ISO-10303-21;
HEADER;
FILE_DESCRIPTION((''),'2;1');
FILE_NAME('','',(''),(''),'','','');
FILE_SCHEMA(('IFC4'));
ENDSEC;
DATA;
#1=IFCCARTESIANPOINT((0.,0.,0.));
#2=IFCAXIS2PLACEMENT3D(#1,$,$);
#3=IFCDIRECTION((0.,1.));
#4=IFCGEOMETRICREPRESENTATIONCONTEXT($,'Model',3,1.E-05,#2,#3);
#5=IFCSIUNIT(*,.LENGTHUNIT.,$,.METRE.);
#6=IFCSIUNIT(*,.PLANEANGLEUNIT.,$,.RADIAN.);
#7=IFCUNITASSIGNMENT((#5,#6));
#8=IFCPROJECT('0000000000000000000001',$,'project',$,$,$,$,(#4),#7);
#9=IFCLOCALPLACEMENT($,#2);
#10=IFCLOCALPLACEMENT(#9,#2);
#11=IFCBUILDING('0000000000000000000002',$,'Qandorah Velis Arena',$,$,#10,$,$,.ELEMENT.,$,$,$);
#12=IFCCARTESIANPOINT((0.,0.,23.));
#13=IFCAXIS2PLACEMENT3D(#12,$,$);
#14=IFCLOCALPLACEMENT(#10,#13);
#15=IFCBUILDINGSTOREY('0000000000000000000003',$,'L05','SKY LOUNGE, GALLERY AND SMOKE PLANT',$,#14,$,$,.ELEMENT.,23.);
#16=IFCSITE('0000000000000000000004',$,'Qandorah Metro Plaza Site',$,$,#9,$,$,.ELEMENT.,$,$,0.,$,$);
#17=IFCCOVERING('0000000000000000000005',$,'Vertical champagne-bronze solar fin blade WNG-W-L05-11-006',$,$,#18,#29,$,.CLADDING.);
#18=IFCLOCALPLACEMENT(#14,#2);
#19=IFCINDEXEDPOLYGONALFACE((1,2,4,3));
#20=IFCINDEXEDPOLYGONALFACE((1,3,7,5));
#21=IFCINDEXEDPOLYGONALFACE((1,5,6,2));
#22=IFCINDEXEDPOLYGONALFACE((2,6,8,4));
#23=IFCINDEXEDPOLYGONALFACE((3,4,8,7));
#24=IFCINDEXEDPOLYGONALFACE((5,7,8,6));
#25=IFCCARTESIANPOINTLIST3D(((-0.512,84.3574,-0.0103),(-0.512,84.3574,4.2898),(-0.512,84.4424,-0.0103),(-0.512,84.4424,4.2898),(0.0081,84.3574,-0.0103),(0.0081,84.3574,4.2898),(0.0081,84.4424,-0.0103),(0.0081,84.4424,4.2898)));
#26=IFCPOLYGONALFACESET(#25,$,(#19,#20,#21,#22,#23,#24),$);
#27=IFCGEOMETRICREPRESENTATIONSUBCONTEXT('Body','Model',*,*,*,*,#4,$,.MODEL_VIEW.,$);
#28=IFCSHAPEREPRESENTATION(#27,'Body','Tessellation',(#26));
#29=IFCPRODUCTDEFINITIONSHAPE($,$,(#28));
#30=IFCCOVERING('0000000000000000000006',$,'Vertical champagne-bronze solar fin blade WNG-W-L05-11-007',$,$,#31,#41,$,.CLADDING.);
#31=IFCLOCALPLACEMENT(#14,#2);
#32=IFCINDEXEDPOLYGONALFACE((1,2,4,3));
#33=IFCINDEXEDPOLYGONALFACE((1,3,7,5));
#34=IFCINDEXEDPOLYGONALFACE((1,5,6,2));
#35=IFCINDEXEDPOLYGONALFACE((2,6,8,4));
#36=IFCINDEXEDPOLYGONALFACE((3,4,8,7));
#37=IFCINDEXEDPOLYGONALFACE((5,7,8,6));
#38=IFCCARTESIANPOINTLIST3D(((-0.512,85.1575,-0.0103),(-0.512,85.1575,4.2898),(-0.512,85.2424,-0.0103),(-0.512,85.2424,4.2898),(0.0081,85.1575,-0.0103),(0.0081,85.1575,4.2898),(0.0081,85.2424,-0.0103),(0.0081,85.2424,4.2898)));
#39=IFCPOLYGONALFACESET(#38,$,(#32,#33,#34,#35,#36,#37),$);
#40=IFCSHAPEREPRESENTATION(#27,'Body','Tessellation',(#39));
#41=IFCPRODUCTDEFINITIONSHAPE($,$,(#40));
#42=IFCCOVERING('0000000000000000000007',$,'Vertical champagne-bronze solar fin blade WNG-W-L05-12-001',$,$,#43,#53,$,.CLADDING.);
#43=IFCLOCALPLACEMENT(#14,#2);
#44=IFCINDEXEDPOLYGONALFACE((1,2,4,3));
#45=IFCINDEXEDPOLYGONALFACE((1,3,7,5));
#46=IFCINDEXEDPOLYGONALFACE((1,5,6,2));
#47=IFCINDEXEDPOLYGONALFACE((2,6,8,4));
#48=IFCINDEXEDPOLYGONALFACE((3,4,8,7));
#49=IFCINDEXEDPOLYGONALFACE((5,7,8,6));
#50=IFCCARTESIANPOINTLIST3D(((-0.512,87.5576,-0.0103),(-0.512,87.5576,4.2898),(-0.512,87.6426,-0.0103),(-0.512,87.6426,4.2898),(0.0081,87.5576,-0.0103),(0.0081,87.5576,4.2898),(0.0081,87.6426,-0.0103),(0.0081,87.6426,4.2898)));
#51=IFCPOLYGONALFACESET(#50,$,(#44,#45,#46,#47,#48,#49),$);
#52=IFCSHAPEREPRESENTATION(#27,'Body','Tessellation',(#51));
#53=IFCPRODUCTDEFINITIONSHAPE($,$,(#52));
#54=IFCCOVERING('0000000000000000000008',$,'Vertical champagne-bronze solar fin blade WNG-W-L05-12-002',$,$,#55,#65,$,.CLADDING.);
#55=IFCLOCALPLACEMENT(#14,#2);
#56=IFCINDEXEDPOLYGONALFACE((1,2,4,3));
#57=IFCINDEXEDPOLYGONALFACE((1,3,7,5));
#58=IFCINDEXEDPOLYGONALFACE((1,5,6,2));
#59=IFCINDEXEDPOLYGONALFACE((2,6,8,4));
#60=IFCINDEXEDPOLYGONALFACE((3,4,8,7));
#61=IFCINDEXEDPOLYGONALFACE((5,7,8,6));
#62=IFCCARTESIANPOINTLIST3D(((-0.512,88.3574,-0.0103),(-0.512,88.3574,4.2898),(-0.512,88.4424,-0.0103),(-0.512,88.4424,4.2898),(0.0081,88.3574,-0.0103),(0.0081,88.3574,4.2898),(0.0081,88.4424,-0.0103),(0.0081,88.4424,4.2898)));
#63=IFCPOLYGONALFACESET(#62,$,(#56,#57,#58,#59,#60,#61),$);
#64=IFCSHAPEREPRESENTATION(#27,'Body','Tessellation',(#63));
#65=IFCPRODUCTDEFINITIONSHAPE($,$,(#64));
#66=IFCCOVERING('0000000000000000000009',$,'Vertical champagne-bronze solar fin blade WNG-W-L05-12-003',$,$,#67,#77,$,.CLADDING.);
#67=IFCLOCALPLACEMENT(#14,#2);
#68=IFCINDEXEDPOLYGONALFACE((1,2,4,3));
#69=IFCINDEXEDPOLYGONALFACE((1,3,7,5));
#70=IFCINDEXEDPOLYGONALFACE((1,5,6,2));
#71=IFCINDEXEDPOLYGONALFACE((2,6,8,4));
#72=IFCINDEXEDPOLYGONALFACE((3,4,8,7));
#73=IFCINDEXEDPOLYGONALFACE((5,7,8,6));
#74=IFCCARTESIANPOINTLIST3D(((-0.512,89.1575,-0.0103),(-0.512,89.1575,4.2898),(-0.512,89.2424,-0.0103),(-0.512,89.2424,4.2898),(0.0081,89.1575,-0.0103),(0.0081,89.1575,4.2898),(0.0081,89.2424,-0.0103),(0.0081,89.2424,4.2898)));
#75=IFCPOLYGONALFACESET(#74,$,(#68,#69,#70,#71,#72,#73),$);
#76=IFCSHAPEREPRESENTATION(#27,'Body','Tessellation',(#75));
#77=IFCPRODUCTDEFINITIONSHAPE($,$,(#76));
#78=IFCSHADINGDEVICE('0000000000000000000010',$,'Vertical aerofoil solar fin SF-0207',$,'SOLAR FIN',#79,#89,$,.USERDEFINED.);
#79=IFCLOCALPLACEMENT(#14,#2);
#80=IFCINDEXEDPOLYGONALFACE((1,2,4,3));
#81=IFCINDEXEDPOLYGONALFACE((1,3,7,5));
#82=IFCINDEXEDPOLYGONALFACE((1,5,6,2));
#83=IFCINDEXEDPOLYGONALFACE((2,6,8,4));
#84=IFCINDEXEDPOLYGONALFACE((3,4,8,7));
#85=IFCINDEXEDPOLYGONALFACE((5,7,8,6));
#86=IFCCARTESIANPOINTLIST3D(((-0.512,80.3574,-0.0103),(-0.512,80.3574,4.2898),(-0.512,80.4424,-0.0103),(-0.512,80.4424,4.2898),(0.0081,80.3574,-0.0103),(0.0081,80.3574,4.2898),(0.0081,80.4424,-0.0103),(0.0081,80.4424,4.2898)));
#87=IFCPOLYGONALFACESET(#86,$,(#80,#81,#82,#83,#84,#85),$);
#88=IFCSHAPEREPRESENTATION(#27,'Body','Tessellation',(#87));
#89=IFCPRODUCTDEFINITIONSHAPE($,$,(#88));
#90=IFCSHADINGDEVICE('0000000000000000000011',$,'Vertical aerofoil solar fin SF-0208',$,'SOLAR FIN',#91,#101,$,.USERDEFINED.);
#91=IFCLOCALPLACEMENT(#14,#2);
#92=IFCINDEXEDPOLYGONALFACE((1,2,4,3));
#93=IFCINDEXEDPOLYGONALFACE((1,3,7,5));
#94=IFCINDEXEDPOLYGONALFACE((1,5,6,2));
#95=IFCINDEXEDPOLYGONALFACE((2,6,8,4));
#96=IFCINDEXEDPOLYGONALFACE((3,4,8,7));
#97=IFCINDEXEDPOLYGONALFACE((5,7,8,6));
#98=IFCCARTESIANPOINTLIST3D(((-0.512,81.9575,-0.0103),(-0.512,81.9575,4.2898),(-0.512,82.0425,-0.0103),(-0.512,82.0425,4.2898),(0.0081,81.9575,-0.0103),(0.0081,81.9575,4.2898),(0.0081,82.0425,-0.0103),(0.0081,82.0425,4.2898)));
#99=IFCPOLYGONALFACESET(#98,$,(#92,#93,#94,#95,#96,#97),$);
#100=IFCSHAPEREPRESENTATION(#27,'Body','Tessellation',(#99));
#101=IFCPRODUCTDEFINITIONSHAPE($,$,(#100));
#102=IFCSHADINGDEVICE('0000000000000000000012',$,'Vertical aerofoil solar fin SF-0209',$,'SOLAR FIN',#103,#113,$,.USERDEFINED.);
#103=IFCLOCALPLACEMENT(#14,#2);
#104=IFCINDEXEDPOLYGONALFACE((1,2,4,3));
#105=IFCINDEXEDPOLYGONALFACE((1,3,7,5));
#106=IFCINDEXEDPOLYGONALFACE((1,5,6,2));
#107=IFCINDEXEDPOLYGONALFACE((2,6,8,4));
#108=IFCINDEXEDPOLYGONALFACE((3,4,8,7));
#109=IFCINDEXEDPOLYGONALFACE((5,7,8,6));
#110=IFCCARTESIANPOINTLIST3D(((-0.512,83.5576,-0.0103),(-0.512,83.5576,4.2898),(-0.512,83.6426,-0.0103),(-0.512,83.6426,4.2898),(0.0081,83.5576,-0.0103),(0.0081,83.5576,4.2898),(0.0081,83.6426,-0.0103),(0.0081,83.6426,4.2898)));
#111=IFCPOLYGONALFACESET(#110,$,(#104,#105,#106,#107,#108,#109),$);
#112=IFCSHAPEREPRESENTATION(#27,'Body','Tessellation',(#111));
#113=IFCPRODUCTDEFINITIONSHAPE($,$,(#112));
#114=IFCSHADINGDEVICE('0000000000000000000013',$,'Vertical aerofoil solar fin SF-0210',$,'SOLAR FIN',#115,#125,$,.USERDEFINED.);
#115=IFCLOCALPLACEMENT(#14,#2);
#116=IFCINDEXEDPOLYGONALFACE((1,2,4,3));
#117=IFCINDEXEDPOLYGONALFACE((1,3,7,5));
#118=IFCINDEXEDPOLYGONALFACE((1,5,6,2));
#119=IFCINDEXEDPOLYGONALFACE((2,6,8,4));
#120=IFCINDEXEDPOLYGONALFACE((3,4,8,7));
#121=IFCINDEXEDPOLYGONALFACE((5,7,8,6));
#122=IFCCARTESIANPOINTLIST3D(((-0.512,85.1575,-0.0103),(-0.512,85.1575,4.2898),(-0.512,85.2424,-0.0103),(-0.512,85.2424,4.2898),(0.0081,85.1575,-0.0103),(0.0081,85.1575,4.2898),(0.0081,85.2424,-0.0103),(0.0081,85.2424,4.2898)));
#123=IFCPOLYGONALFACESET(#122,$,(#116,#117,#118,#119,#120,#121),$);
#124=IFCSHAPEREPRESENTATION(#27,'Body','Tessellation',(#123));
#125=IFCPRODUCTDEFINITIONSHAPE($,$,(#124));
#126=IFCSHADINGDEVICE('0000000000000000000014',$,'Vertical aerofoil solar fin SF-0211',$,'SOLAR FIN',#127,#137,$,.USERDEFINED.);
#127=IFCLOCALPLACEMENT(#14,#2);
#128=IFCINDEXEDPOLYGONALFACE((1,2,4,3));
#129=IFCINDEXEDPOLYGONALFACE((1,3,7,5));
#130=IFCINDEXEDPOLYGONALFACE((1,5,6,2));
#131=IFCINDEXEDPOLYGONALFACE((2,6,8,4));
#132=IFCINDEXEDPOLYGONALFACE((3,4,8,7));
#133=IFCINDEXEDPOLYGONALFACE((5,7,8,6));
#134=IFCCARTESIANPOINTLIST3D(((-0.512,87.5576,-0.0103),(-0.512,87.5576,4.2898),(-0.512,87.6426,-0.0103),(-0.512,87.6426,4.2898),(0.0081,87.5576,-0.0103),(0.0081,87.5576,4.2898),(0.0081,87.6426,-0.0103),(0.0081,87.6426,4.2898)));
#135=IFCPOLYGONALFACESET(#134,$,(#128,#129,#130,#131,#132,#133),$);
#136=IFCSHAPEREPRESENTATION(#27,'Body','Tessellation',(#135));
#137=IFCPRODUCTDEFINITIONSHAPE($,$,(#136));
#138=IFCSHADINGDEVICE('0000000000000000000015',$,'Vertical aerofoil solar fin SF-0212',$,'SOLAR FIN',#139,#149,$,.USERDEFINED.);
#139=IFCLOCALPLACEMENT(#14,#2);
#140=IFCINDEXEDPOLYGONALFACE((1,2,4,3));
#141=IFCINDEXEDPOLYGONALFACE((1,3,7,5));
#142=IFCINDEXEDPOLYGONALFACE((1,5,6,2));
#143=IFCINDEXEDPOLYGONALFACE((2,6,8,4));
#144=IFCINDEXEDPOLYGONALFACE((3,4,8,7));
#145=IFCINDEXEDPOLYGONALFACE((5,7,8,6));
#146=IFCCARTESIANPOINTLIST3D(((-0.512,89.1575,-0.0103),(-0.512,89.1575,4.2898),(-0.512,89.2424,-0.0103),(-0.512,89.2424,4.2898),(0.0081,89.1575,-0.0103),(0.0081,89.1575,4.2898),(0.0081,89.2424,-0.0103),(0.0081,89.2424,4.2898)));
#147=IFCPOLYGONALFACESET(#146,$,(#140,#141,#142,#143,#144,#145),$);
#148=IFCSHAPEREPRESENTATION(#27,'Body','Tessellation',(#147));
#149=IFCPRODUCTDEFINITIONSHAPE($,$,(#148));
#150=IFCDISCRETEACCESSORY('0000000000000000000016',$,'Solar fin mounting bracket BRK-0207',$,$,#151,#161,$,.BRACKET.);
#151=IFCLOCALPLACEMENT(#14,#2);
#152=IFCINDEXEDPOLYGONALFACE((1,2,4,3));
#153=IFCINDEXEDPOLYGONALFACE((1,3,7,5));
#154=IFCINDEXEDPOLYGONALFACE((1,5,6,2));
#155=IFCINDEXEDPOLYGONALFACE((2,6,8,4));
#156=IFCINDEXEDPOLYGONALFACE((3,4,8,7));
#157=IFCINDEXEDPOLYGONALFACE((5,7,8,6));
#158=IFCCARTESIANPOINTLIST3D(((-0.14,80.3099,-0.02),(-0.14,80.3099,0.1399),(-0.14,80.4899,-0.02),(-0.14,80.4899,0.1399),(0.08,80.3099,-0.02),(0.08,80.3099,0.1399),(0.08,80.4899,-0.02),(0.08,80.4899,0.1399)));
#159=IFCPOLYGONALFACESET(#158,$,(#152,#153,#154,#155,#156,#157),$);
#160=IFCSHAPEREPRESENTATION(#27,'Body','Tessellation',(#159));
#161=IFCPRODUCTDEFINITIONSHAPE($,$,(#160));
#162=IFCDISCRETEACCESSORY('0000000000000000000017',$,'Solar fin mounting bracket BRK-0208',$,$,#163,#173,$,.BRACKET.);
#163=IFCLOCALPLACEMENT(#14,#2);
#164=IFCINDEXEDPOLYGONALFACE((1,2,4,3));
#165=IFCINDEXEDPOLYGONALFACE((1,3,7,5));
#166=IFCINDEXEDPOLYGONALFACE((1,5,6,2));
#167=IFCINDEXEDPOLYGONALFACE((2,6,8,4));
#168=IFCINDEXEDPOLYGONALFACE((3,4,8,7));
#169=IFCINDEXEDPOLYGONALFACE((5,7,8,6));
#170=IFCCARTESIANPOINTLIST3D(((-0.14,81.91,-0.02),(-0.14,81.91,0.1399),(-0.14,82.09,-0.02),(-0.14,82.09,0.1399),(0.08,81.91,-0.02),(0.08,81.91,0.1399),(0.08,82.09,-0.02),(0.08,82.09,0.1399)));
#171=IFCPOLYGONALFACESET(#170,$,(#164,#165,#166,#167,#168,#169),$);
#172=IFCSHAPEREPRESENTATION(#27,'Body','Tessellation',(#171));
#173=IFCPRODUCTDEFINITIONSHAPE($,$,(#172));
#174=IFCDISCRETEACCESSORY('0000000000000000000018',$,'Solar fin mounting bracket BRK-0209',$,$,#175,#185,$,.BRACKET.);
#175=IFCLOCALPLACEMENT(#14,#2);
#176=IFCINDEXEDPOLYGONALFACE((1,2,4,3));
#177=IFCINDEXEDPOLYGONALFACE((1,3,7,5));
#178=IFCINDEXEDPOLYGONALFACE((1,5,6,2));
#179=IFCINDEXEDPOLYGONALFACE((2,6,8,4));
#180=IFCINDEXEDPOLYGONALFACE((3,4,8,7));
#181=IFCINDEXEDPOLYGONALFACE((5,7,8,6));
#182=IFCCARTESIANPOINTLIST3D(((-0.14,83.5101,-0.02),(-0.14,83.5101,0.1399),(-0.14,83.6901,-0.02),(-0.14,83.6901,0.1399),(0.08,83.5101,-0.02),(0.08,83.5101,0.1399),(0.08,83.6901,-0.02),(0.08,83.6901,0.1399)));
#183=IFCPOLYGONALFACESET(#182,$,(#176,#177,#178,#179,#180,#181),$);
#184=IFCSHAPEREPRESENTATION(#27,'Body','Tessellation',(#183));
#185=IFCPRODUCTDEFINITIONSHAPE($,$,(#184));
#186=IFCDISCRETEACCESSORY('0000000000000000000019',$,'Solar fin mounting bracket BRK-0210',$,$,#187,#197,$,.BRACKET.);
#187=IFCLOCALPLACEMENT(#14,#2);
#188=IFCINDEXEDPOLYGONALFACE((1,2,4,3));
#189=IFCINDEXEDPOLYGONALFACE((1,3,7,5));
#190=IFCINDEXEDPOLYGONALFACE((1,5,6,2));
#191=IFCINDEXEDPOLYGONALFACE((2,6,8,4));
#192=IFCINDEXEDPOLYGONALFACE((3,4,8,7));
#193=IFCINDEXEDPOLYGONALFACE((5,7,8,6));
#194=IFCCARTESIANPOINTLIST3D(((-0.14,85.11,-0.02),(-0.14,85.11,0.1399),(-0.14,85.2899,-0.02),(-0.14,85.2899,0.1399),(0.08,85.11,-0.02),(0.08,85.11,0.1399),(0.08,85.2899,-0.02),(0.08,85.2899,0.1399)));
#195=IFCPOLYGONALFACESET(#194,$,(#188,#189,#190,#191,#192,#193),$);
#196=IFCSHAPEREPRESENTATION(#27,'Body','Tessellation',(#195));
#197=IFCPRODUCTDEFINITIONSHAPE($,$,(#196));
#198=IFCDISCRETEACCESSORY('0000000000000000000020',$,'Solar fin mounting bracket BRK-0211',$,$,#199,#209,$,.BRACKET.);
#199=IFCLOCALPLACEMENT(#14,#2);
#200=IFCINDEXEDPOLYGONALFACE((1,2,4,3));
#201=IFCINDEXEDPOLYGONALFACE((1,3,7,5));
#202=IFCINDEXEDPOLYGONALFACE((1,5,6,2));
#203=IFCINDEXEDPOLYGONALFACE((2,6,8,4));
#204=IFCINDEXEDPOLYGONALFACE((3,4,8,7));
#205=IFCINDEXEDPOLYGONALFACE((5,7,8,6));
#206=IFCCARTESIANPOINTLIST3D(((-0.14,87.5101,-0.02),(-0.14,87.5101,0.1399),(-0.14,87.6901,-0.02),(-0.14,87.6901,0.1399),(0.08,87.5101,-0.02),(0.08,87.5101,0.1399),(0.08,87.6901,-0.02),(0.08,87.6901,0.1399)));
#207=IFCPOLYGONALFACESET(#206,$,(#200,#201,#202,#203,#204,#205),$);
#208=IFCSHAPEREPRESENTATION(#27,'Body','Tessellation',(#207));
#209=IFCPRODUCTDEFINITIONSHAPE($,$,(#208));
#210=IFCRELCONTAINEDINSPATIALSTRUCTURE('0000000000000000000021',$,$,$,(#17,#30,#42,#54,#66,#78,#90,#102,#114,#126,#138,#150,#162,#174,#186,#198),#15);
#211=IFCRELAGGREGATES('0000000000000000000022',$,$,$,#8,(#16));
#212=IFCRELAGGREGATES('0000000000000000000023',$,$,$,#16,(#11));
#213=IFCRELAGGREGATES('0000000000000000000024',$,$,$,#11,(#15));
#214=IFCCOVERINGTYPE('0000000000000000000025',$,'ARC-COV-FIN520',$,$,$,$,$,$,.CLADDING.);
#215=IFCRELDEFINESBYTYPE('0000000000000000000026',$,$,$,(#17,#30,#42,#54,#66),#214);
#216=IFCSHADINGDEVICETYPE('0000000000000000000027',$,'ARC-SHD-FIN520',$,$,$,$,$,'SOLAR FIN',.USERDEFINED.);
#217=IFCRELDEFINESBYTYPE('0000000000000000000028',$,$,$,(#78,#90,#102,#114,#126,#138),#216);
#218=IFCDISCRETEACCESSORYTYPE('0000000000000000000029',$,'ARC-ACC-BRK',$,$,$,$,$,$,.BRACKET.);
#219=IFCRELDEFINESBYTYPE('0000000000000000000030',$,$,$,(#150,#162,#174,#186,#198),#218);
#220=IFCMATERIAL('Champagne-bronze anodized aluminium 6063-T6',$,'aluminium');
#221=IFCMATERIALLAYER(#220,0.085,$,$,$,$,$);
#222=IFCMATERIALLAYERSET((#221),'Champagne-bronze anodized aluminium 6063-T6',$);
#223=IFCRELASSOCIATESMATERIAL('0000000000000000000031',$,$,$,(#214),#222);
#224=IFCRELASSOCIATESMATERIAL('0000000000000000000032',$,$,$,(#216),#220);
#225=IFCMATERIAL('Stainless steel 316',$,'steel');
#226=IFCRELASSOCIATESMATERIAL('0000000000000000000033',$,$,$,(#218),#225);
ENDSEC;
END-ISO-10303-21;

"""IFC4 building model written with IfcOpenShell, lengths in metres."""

from ifc_helpers import new_model, si_unit, direction, frame, origin, origin_2d, place, context, subcontext, project, spatial, rectangle, extrude, material, layer, layer_set, type_object, element, save


model = new_model("IFC4")

# Units and contexts
model_context = context("Model", 3, precision=1e-05, world=origin(), true_north=direction((0.0, 1.0)))
body_context = subcontext(model_context, "Body", "Model", "MODEL_VIEW")
ifc_project = project(units=[si_unit("LENGTHUNIT", "METRE"), si_unit("PLANEANGLEUNIT", "RADIAN")], contexts=[model_context])

# Site, building, storey
site_placement = place(None, origin())
site = spatial("IfcSite", under=ifc_project, at=site_placement, Name="Qandorah Metro Plaza Site", CompositionType="ELEMENT", RefElevation=0.0)
building_placement = place(site_placement, origin())
building = spatial("IfcBuilding", under=site, at=building_placement, Name="Qandorah Velis Arena", CompositionType="ELEMENT")
storey_placement = place(building_placement, frame((0.0, 0.0, 23.0)))
storey = spatial("IfcBuildingStorey", under=building, at=storey_placement, Name="L05", Description="SKY LOUNGE, GALLERY AND SMOKE PLANT", CompositionType="ELEMENT", Elevation=23.0)

# Shared definitions
ifc_material_1 = material(Name="Champagne-bronze anodized aluminium 6063-T6", Category="aluminium")

# Coverings
ifc_layer = layer(ifc_material_1, 0.085)
ifc_layer_set = layer_set([ifc_layer], Name="Champagne-bronze anodized aluminium 6063-T6")
covering_type = type_object("IfcCoveringType", Name="ARC-COV-FIN520", PredefinedType="CLADDING", material=ifc_layer_set)
for number, where, z_axis, x_axis, name in (
    (1, (-0.252, 84.3999, -0.0103), (0.0, 0.0, 1.0), (1.0, 0.0, 0.0), "Vertical champagne-bronze solar fin blade WNG-W-L05-11-006"),
    (2, (-0.252, 85.2, -0.0103), (0.0, 0.0, 1.0), (1.0, 0.0, 0.0), "Vertical champagne-bronze solar fin blade WNG-W-L05-11-007"),
    (3, (-0.252, 87.6001, -0.0103), (0.0, 0.0, 1.0), (1.0, 0.0, 0.0), "Vertical champagne-bronze solar fin blade WNG-W-L05-12-001"),
    (4, (-0.252, 88.3999, -0.0103), (0.0, 0.0, 1.0), (1.0, 0.0, 0.0), "Vertical champagne-bronze solar fin blade WNG-W-L05-12-002"),
    (5, (-0.252, 89.2, -0.0103), (0.0, 0.0, 1.0), (1.0, 0.0, 0.0), "Vertical champagne-bronze solar fin blade WNG-W-L05-12-003"),
):
    element("IfcCovering", number, at=place(storey_placement, frame(where, z_axis=z_axis, x_axis=x_axis)), inside=storey, type_object=covering_type, Name=name, PredefinedType="CLADDING", context=body_context, shape_type="SweptSolid", body=[
        extrude(rectangle(XDim=0.52, YDim=0.085, at=origin_2d()), origin(), (0.0, 0.0, 1.0), 4.3),
    ])

# Shading devices
shading_device_type = type_object("IfcShadingDeviceType", Name="ARC-SHD-FIN520", ElementType="SOLAR FIN", PredefinedType="USERDEFINED", material=ifc_material_1)
for number, where, z_axis, x_axis, name in (
    (6, (-0.252, 80.3999, -0.0103), (0.0, 0.0, 1.0), (1.0, 0.0, 0.0), "Vertical aerofoil solar fin SF-0207"),
    (7, (-0.252, 82.0, -0.0103), (0.0, 0.0, 1.0), (1.0, 0.0, 0.0), "Vertical aerofoil solar fin SF-0208"),
    (8, (-0.252, 83.6001, -0.0103), (0.0, 0.0, 1.0), (1.0, 0.0, 0.0), "Vertical aerofoil solar fin SF-0209"),
    (9, (-0.252, 85.2, -0.0103), (0.0, 0.0, 1.0), (1.0, 0.0, 0.0), "Vertical aerofoil solar fin SF-0210"),
    (10, (-0.252, 87.6001, -0.0103), (0.0, 0.0, 1.0), (1.0, 0.0, 0.0), "Vertical aerofoil solar fin SF-0211"),
    (11, (-0.252, 89.2, -0.0103), (0.0, 0.0, 1.0), (1.0, 0.0, 0.0), "Vertical aerofoil solar fin SF-0212"),
):
    element("IfcShadingDevice", number, at=place(storey_placement, frame(where, z_axis=z_axis, x_axis=x_axis)), inside=storey, type_object=shading_device_type, Name=name, ObjectType="SOLAR FIN", PredefinedType="USERDEFINED", context=body_context, shape_type="SweptSolid", body=[
        extrude(rectangle(XDim=0.52, YDim=0.085, at=origin_2d()), origin(), (0.0, 0.0, 1.0), 4.3),
    ])

# Discrete accessories
ifc_material_2 = material(Name="Stainless steel 316", Category="steel")
discrete_accessory_type = type_object("IfcDiscreteAccessoryType", Name="ARC-ACC-BRK", PredefinedType="BRACKET", material=ifc_material_2)
for number, where, z_axis, x_axis, name in (
    (12, (-0.03, 80.3999, -0.02), (0.0, 0.0, 1.0), (1.0, 0.0, 0.0), "Solar fin mounting bracket BRK-0207"),
    (13, (-0.03, 82.0, -0.02), (0.0, 0.0, 1.0), (1.0, 0.0, 0.0), "Solar fin mounting bracket BRK-0208"),
    (14, (-0.03, 83.6001, -0.02), (0.0, 0.0, 1.0), (1.0, 0.0, 0.0), "Solar fin mounting bracket BRK-0209"),
    (15, (-0.03, 85.2, -0.02), (0.0, 0.0, 1.0), (1.0, 0.0, 0.0), "Solar fin mounting bracket BRK-0210"),
    (16, (-0.03, 87.6001, -0.02), (0.0, 0.0, 1.0), (1.0, 0.0, 0.0), "Solar fin mounting bracket BRK-0211"),
):
    element("IfcDiscreteAccessory", number, at=place(storey_placement, frame(where, z_axis=z_axis, x_axis=x_axis)), inside=storey, type_object=discrete_accessory_type, Name=name, PredefinedType="BRACKET", context=body_context, shape_type="SweptSolid", body=[
        extrude(rectangle(XDim=0.22, YDim=0.1799, at=origin_2d()), origin(), (0.0, 0.0, 1.0), 0.1599),
    ])

save(model, "model.ifc")
